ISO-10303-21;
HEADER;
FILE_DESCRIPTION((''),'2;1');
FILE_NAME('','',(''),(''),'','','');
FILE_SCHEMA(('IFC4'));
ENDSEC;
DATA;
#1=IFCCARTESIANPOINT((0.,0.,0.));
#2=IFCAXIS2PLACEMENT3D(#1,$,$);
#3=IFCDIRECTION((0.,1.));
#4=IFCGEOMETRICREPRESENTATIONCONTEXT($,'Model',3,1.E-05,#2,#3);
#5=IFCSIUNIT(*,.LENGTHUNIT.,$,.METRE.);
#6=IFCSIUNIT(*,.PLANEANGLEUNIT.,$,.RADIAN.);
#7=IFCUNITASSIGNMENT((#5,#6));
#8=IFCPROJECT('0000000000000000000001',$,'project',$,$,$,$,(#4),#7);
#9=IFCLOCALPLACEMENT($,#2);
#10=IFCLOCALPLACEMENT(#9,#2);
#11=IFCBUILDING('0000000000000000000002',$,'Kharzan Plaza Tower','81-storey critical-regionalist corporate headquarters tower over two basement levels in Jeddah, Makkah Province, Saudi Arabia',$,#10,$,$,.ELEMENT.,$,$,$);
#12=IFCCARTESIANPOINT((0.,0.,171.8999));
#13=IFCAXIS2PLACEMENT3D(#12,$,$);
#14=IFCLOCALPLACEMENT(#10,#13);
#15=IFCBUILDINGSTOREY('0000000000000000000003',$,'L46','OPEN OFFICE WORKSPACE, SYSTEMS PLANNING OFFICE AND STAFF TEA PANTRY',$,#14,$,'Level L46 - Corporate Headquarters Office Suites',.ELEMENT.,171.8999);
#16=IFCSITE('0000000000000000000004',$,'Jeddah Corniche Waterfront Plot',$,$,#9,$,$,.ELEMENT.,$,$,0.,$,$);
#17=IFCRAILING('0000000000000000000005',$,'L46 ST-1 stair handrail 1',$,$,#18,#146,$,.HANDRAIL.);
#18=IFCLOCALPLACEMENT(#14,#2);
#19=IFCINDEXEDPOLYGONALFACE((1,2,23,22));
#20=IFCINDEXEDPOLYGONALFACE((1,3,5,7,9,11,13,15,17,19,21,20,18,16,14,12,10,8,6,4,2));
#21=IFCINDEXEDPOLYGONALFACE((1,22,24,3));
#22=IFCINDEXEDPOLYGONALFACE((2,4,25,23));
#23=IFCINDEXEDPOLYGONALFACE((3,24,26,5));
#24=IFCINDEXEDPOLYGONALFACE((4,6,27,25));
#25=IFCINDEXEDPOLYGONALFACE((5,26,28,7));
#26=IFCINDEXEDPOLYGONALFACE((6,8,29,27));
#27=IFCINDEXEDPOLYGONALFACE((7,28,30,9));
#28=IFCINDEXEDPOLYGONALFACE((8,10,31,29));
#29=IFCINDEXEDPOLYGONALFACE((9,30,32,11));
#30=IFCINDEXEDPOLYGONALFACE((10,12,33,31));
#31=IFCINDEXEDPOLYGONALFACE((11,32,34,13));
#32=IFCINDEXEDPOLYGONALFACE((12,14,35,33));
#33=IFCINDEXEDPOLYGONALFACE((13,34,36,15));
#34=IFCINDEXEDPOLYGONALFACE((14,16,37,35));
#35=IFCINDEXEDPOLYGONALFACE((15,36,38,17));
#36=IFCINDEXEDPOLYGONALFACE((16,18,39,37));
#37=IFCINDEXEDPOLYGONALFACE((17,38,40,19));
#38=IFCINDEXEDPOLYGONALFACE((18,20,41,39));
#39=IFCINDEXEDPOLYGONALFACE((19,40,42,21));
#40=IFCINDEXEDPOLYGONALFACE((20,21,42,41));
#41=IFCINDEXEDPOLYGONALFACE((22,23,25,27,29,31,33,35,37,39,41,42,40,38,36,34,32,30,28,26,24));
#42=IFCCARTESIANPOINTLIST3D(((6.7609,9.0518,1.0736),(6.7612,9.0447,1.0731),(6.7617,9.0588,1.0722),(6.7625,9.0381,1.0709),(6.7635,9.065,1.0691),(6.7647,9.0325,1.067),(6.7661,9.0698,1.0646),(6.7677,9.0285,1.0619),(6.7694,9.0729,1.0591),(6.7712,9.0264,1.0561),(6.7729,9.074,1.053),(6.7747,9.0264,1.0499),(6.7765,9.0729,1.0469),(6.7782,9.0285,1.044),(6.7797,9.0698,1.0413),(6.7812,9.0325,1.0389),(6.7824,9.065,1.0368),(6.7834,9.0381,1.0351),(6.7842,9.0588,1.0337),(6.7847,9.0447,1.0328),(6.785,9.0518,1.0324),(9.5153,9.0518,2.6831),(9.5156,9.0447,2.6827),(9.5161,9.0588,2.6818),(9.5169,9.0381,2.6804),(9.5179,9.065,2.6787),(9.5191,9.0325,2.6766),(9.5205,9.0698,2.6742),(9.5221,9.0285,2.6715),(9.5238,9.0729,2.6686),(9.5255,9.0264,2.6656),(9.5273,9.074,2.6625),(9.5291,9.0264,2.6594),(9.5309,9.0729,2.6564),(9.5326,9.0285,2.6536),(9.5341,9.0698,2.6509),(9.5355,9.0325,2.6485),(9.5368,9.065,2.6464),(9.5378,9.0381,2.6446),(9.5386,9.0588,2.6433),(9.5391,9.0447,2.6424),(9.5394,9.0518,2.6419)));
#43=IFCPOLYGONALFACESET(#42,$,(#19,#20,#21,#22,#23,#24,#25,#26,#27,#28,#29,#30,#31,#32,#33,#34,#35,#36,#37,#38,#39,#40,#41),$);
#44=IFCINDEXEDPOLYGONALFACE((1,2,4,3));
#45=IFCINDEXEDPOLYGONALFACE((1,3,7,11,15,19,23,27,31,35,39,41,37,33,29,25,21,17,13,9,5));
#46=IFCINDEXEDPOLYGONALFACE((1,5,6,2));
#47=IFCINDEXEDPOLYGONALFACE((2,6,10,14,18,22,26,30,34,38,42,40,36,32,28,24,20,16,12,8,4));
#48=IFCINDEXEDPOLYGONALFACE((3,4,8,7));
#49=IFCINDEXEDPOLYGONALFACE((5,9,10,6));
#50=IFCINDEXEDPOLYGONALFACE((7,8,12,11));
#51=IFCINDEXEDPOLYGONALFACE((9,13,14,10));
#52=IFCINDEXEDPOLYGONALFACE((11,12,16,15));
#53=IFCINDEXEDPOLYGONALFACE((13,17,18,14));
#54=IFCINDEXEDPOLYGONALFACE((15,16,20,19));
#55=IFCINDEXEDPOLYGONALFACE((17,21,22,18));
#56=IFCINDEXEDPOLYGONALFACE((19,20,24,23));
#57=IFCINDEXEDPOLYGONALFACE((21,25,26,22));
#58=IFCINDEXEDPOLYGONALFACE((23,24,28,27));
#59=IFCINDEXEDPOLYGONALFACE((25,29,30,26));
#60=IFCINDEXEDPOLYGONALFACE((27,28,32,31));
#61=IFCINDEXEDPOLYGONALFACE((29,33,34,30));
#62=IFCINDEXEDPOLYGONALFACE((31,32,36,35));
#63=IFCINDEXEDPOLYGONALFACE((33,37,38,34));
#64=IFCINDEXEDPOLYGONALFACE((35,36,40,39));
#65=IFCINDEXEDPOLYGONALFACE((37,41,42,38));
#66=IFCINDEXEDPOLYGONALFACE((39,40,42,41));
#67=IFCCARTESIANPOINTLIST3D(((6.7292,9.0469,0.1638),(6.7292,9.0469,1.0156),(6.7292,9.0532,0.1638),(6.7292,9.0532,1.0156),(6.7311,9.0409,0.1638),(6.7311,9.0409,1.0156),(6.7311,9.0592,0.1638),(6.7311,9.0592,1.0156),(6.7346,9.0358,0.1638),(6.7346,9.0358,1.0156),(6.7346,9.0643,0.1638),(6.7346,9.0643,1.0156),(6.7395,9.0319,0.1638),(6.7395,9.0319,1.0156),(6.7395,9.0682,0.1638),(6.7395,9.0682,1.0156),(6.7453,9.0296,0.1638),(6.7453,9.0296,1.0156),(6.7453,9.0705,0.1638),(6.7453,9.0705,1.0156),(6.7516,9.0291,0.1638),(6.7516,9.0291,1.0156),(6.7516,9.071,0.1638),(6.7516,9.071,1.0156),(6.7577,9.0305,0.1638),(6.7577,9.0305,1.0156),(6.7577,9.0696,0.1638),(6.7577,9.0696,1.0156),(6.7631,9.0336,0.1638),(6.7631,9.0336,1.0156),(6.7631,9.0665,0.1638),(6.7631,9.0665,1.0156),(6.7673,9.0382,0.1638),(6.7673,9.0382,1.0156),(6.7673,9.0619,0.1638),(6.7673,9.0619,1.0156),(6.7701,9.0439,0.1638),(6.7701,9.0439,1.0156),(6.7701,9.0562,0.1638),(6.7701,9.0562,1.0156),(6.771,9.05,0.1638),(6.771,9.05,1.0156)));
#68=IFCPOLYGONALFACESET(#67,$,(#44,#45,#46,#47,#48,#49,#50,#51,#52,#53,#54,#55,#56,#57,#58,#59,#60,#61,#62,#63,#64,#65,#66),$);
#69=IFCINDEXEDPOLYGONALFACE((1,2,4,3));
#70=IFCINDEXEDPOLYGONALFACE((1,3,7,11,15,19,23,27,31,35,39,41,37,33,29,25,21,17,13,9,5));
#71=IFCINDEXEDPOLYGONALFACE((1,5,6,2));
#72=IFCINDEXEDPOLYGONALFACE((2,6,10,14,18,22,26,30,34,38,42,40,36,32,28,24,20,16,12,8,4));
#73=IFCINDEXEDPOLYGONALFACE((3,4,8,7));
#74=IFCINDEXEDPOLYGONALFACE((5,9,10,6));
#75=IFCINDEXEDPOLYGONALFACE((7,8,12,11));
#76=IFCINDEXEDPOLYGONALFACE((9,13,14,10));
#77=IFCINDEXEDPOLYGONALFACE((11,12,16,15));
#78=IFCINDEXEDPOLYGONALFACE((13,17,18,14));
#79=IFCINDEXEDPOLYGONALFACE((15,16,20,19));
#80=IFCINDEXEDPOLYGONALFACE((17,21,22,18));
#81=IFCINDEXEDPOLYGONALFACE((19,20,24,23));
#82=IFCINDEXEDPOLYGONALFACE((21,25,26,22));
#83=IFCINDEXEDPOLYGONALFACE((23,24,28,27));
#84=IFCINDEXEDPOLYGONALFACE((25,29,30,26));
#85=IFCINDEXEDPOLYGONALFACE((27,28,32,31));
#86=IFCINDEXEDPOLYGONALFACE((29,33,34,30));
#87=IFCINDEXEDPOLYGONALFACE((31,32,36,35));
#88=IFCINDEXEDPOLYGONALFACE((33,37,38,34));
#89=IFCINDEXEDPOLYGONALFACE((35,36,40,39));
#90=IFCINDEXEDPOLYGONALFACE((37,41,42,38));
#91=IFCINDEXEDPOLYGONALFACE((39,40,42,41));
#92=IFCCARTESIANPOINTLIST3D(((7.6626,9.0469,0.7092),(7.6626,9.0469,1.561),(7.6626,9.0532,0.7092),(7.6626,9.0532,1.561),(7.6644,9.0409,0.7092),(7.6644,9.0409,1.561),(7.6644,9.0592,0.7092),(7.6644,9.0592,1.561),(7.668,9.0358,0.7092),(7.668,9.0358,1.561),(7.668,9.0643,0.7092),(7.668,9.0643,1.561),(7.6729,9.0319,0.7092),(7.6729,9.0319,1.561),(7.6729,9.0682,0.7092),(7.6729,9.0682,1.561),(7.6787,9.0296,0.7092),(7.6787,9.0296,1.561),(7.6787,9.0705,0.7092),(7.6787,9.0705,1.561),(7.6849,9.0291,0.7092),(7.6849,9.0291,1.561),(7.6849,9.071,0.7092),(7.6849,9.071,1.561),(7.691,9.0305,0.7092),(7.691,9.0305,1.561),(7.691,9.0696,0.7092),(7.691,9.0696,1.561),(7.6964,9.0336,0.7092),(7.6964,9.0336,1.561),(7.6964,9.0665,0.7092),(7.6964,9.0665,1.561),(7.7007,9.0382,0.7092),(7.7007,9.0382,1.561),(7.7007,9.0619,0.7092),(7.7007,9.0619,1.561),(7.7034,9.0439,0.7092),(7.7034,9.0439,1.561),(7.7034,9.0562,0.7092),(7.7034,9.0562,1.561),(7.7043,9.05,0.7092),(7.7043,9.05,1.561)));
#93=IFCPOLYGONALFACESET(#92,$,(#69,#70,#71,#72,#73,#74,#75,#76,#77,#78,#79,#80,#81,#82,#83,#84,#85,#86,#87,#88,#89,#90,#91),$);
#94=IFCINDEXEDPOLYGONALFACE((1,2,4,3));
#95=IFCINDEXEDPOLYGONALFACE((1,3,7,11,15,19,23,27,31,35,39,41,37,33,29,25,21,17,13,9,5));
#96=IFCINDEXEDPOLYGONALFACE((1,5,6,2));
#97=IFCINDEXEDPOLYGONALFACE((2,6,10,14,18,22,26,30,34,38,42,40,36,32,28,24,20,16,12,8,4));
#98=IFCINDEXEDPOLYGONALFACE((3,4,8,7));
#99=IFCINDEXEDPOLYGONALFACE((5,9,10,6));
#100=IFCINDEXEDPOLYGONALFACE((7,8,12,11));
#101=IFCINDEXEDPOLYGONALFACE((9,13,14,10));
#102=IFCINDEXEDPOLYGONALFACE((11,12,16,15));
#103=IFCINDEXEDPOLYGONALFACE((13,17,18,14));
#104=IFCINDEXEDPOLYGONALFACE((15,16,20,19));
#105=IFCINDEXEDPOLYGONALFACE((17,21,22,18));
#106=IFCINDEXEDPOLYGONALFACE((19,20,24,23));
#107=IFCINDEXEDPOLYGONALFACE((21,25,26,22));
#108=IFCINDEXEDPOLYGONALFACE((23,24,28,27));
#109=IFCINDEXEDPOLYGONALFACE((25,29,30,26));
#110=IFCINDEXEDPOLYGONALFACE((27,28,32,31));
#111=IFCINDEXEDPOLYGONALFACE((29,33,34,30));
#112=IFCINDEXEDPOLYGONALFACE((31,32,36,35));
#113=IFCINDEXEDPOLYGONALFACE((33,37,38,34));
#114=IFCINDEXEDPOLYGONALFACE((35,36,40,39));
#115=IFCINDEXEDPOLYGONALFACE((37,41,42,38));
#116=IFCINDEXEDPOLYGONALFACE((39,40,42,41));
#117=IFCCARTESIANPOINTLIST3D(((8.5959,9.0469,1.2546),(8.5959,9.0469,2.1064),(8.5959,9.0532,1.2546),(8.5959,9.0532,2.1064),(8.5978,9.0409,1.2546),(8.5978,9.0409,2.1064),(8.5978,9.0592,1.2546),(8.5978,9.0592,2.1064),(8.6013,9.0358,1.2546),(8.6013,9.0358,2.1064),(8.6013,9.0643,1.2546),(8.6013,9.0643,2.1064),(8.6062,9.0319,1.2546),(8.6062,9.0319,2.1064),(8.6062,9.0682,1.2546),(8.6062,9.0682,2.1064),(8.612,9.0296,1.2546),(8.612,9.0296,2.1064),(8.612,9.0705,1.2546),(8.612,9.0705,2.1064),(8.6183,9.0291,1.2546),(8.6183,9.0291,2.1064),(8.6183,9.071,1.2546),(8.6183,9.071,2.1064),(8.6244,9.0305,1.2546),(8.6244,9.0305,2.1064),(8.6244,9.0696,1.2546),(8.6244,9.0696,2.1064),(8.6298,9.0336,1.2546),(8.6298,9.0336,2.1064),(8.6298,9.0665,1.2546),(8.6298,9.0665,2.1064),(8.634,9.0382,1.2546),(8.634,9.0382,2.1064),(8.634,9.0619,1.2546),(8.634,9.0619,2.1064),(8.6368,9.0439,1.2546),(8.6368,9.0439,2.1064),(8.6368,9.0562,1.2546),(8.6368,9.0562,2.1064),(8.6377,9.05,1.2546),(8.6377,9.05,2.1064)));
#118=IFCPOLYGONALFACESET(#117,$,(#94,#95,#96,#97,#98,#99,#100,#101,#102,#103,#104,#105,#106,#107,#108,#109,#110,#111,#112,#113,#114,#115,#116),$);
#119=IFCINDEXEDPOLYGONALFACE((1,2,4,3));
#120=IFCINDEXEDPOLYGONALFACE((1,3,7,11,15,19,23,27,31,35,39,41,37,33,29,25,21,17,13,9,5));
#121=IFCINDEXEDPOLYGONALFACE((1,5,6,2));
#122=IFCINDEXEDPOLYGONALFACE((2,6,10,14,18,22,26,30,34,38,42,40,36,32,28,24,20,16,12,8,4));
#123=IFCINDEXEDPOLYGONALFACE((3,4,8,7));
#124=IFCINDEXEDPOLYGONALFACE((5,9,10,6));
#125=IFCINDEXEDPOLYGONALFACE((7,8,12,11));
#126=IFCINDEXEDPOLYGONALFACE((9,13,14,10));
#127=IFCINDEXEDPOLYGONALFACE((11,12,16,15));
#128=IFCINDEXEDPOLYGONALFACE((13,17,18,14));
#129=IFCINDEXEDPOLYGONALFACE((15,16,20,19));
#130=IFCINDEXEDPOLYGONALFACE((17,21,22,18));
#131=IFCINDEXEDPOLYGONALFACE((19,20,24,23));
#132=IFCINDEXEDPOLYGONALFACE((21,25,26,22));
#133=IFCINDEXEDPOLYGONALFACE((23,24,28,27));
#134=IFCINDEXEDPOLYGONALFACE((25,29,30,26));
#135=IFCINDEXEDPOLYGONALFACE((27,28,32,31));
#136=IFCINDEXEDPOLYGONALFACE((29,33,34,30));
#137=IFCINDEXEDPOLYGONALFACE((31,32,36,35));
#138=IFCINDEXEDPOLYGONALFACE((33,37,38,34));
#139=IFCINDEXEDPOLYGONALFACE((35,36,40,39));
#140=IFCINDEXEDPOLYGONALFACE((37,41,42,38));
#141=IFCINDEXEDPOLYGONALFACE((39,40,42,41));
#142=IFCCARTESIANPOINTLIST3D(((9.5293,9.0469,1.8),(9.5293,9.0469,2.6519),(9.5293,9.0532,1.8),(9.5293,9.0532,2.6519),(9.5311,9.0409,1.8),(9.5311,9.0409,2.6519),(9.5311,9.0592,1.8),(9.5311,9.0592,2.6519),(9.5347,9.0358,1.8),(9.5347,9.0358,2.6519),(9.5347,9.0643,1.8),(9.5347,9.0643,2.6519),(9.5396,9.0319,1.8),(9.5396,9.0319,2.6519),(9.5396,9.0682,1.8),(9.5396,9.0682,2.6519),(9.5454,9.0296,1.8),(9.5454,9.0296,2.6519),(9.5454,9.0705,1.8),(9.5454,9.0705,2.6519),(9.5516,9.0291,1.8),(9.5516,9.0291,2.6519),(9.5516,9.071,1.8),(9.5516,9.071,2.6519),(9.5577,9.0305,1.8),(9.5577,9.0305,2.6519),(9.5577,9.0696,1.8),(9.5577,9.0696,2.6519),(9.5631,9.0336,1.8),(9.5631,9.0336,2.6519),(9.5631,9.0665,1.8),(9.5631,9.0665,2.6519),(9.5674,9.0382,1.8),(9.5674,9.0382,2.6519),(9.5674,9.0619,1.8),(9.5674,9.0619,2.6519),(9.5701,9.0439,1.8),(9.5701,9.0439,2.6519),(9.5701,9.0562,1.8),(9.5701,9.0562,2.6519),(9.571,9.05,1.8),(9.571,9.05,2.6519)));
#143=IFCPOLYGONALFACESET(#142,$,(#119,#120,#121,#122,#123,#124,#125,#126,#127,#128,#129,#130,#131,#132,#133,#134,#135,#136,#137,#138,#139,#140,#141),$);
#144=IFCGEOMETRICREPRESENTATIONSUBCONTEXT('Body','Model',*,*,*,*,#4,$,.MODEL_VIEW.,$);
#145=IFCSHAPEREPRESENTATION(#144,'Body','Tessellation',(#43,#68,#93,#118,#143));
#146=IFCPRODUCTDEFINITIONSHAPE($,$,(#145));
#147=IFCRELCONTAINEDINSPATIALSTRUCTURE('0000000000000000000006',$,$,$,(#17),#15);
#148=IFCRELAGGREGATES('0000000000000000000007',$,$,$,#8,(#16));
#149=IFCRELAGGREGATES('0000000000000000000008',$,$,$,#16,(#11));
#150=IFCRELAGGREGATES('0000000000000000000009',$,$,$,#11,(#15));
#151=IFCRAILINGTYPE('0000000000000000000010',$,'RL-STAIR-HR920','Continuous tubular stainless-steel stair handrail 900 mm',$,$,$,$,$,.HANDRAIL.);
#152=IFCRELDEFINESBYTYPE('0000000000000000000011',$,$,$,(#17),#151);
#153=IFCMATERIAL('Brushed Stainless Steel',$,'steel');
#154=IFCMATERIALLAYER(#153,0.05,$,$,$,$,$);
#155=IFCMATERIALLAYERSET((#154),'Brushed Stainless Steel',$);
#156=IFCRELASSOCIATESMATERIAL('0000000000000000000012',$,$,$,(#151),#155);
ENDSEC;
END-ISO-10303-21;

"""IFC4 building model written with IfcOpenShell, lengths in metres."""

from ifc_helpers import new_model, si_unit, direction, frame, origin, origin_2d, place, context, subcontext, project, spatial, circle, extrude, source, transform, mapped, material, layer, layer_set, type_object, element, save


model = new_model("IFC4")

# Units and contexts
model_context = context("Model", 3, precision=1e-05, world=origin(), true_north=direction((0.0, 1.0)))
body_context = subcontext(model_context, "Body", "Model", "MODEL_VIEW")
ifc_project = project(units=[si_unit("LENGTHUNIT", "METRE"), si_unit("PLANEANGLEUNIT", "RADIAN")], contexts=[model_context])

# Site, building, storey
site_placement = place(None, origin())
site = spatial("IfcSite", under=ifc_project, at=site_placement, Name="Jeddah Corniche Waterfront Plot", CompositionType="ELEMENT", RefElevation=0.0)
building_placement = place(site_placement, origin())
building = spatial("IfcBuilding", under=site, at=building_placement, Name="Kharzan Plaza Tower", Description="81-storey critical-regionalist corporate headquarters tower over two basement levels in Jeddah, Makkah Province, Saudi Arabia", CompositionType="ELEMENT")
storey_placement = place(building_placement, frame((0.0, 0.0, 171.8999)))
storey = spatial("IfcBuildingStorey", under=building, at=storey_placement, Name="L46", Description="OPEN OFFICE WORKSPACE, SYSTEMS PLANNING OFFICE AND STAFF TEA PANTRY", LongName="Level L46 - Corporate Headquarters Office Suites", CompositionType="ELEMENT", Elevation=171.8999)

# Railing
ifc_material_1 = material(Name="Brushed Stainless Steel", Category="steel")
ifc_layer_1 = layer(ifc_material_1, 0.05)
ifc_layer_set_1 = layer_set([ifc_layer_1], Name="Brushed Stainless Steel")
railing_type_1 = type_object("IfcRailingType", Name="RL-STAIR-HR920", Description="Continuous tubular stainless-steel stair handrail 900 mm", PredefinedType="HANDRAIL", material=ifc_layer_set_1)
shared_shape_1 = source(origin(), body_context, "Body", "SweptSolid", [
    extrude(circle(Radius=0.0239, at=origin_2d()), frame((0.0229, 0.0, 0.8892), z_axis=(0.863394, 0.0, 0.504531), x_axis=(0.0, 1.0, 0.0)), (0.0, 0.0, 1.0), 3.1902),
    extrude(circle(Radius=0.021, at=origin_2d()), origin(), (0.0, 0.0, 1.0), 0.8518),
    extrude(circle(Radius=0.021, at=origin_2d()), frame((0.9333, 0.0, 0.5454)), (0.0, 0.0, 1.0), 0.8518),
    extrude(circle(Radius=0.021, at=origin_2d()), frame((1.8667, 0.0, 1.0908)), (0.0, 0.0, 1.0), 0.8518),
    extrude(circle(Radius=0.021, at=origin_2d()), frame((2.8, 0.0, 1.6362)), (0.0, 0.0, 1.0), 0.8518),
])
railing_1_placement = place(storey_placement, frame((6.75, 9.05, 0.1638)))
element("IfcRailing", 1, at=railing_1_placement, inside=storey, type_object=railing_type_1, Name="L46 ST-1 stair handrail 1", PredefinedType="HANDRAIL", context=body_context, shape_type="MappedRepresentation", body=[
    mapped(shared_shape_1, transform((0.0, 0.0, 0.0), x_axis=(1.0, 0.0, 0.0), y_axis=(0.0, 1.0, 0.0), z_axis=(0.0, 0.0, 1.0))),
])

save(model, "model.ifc")
